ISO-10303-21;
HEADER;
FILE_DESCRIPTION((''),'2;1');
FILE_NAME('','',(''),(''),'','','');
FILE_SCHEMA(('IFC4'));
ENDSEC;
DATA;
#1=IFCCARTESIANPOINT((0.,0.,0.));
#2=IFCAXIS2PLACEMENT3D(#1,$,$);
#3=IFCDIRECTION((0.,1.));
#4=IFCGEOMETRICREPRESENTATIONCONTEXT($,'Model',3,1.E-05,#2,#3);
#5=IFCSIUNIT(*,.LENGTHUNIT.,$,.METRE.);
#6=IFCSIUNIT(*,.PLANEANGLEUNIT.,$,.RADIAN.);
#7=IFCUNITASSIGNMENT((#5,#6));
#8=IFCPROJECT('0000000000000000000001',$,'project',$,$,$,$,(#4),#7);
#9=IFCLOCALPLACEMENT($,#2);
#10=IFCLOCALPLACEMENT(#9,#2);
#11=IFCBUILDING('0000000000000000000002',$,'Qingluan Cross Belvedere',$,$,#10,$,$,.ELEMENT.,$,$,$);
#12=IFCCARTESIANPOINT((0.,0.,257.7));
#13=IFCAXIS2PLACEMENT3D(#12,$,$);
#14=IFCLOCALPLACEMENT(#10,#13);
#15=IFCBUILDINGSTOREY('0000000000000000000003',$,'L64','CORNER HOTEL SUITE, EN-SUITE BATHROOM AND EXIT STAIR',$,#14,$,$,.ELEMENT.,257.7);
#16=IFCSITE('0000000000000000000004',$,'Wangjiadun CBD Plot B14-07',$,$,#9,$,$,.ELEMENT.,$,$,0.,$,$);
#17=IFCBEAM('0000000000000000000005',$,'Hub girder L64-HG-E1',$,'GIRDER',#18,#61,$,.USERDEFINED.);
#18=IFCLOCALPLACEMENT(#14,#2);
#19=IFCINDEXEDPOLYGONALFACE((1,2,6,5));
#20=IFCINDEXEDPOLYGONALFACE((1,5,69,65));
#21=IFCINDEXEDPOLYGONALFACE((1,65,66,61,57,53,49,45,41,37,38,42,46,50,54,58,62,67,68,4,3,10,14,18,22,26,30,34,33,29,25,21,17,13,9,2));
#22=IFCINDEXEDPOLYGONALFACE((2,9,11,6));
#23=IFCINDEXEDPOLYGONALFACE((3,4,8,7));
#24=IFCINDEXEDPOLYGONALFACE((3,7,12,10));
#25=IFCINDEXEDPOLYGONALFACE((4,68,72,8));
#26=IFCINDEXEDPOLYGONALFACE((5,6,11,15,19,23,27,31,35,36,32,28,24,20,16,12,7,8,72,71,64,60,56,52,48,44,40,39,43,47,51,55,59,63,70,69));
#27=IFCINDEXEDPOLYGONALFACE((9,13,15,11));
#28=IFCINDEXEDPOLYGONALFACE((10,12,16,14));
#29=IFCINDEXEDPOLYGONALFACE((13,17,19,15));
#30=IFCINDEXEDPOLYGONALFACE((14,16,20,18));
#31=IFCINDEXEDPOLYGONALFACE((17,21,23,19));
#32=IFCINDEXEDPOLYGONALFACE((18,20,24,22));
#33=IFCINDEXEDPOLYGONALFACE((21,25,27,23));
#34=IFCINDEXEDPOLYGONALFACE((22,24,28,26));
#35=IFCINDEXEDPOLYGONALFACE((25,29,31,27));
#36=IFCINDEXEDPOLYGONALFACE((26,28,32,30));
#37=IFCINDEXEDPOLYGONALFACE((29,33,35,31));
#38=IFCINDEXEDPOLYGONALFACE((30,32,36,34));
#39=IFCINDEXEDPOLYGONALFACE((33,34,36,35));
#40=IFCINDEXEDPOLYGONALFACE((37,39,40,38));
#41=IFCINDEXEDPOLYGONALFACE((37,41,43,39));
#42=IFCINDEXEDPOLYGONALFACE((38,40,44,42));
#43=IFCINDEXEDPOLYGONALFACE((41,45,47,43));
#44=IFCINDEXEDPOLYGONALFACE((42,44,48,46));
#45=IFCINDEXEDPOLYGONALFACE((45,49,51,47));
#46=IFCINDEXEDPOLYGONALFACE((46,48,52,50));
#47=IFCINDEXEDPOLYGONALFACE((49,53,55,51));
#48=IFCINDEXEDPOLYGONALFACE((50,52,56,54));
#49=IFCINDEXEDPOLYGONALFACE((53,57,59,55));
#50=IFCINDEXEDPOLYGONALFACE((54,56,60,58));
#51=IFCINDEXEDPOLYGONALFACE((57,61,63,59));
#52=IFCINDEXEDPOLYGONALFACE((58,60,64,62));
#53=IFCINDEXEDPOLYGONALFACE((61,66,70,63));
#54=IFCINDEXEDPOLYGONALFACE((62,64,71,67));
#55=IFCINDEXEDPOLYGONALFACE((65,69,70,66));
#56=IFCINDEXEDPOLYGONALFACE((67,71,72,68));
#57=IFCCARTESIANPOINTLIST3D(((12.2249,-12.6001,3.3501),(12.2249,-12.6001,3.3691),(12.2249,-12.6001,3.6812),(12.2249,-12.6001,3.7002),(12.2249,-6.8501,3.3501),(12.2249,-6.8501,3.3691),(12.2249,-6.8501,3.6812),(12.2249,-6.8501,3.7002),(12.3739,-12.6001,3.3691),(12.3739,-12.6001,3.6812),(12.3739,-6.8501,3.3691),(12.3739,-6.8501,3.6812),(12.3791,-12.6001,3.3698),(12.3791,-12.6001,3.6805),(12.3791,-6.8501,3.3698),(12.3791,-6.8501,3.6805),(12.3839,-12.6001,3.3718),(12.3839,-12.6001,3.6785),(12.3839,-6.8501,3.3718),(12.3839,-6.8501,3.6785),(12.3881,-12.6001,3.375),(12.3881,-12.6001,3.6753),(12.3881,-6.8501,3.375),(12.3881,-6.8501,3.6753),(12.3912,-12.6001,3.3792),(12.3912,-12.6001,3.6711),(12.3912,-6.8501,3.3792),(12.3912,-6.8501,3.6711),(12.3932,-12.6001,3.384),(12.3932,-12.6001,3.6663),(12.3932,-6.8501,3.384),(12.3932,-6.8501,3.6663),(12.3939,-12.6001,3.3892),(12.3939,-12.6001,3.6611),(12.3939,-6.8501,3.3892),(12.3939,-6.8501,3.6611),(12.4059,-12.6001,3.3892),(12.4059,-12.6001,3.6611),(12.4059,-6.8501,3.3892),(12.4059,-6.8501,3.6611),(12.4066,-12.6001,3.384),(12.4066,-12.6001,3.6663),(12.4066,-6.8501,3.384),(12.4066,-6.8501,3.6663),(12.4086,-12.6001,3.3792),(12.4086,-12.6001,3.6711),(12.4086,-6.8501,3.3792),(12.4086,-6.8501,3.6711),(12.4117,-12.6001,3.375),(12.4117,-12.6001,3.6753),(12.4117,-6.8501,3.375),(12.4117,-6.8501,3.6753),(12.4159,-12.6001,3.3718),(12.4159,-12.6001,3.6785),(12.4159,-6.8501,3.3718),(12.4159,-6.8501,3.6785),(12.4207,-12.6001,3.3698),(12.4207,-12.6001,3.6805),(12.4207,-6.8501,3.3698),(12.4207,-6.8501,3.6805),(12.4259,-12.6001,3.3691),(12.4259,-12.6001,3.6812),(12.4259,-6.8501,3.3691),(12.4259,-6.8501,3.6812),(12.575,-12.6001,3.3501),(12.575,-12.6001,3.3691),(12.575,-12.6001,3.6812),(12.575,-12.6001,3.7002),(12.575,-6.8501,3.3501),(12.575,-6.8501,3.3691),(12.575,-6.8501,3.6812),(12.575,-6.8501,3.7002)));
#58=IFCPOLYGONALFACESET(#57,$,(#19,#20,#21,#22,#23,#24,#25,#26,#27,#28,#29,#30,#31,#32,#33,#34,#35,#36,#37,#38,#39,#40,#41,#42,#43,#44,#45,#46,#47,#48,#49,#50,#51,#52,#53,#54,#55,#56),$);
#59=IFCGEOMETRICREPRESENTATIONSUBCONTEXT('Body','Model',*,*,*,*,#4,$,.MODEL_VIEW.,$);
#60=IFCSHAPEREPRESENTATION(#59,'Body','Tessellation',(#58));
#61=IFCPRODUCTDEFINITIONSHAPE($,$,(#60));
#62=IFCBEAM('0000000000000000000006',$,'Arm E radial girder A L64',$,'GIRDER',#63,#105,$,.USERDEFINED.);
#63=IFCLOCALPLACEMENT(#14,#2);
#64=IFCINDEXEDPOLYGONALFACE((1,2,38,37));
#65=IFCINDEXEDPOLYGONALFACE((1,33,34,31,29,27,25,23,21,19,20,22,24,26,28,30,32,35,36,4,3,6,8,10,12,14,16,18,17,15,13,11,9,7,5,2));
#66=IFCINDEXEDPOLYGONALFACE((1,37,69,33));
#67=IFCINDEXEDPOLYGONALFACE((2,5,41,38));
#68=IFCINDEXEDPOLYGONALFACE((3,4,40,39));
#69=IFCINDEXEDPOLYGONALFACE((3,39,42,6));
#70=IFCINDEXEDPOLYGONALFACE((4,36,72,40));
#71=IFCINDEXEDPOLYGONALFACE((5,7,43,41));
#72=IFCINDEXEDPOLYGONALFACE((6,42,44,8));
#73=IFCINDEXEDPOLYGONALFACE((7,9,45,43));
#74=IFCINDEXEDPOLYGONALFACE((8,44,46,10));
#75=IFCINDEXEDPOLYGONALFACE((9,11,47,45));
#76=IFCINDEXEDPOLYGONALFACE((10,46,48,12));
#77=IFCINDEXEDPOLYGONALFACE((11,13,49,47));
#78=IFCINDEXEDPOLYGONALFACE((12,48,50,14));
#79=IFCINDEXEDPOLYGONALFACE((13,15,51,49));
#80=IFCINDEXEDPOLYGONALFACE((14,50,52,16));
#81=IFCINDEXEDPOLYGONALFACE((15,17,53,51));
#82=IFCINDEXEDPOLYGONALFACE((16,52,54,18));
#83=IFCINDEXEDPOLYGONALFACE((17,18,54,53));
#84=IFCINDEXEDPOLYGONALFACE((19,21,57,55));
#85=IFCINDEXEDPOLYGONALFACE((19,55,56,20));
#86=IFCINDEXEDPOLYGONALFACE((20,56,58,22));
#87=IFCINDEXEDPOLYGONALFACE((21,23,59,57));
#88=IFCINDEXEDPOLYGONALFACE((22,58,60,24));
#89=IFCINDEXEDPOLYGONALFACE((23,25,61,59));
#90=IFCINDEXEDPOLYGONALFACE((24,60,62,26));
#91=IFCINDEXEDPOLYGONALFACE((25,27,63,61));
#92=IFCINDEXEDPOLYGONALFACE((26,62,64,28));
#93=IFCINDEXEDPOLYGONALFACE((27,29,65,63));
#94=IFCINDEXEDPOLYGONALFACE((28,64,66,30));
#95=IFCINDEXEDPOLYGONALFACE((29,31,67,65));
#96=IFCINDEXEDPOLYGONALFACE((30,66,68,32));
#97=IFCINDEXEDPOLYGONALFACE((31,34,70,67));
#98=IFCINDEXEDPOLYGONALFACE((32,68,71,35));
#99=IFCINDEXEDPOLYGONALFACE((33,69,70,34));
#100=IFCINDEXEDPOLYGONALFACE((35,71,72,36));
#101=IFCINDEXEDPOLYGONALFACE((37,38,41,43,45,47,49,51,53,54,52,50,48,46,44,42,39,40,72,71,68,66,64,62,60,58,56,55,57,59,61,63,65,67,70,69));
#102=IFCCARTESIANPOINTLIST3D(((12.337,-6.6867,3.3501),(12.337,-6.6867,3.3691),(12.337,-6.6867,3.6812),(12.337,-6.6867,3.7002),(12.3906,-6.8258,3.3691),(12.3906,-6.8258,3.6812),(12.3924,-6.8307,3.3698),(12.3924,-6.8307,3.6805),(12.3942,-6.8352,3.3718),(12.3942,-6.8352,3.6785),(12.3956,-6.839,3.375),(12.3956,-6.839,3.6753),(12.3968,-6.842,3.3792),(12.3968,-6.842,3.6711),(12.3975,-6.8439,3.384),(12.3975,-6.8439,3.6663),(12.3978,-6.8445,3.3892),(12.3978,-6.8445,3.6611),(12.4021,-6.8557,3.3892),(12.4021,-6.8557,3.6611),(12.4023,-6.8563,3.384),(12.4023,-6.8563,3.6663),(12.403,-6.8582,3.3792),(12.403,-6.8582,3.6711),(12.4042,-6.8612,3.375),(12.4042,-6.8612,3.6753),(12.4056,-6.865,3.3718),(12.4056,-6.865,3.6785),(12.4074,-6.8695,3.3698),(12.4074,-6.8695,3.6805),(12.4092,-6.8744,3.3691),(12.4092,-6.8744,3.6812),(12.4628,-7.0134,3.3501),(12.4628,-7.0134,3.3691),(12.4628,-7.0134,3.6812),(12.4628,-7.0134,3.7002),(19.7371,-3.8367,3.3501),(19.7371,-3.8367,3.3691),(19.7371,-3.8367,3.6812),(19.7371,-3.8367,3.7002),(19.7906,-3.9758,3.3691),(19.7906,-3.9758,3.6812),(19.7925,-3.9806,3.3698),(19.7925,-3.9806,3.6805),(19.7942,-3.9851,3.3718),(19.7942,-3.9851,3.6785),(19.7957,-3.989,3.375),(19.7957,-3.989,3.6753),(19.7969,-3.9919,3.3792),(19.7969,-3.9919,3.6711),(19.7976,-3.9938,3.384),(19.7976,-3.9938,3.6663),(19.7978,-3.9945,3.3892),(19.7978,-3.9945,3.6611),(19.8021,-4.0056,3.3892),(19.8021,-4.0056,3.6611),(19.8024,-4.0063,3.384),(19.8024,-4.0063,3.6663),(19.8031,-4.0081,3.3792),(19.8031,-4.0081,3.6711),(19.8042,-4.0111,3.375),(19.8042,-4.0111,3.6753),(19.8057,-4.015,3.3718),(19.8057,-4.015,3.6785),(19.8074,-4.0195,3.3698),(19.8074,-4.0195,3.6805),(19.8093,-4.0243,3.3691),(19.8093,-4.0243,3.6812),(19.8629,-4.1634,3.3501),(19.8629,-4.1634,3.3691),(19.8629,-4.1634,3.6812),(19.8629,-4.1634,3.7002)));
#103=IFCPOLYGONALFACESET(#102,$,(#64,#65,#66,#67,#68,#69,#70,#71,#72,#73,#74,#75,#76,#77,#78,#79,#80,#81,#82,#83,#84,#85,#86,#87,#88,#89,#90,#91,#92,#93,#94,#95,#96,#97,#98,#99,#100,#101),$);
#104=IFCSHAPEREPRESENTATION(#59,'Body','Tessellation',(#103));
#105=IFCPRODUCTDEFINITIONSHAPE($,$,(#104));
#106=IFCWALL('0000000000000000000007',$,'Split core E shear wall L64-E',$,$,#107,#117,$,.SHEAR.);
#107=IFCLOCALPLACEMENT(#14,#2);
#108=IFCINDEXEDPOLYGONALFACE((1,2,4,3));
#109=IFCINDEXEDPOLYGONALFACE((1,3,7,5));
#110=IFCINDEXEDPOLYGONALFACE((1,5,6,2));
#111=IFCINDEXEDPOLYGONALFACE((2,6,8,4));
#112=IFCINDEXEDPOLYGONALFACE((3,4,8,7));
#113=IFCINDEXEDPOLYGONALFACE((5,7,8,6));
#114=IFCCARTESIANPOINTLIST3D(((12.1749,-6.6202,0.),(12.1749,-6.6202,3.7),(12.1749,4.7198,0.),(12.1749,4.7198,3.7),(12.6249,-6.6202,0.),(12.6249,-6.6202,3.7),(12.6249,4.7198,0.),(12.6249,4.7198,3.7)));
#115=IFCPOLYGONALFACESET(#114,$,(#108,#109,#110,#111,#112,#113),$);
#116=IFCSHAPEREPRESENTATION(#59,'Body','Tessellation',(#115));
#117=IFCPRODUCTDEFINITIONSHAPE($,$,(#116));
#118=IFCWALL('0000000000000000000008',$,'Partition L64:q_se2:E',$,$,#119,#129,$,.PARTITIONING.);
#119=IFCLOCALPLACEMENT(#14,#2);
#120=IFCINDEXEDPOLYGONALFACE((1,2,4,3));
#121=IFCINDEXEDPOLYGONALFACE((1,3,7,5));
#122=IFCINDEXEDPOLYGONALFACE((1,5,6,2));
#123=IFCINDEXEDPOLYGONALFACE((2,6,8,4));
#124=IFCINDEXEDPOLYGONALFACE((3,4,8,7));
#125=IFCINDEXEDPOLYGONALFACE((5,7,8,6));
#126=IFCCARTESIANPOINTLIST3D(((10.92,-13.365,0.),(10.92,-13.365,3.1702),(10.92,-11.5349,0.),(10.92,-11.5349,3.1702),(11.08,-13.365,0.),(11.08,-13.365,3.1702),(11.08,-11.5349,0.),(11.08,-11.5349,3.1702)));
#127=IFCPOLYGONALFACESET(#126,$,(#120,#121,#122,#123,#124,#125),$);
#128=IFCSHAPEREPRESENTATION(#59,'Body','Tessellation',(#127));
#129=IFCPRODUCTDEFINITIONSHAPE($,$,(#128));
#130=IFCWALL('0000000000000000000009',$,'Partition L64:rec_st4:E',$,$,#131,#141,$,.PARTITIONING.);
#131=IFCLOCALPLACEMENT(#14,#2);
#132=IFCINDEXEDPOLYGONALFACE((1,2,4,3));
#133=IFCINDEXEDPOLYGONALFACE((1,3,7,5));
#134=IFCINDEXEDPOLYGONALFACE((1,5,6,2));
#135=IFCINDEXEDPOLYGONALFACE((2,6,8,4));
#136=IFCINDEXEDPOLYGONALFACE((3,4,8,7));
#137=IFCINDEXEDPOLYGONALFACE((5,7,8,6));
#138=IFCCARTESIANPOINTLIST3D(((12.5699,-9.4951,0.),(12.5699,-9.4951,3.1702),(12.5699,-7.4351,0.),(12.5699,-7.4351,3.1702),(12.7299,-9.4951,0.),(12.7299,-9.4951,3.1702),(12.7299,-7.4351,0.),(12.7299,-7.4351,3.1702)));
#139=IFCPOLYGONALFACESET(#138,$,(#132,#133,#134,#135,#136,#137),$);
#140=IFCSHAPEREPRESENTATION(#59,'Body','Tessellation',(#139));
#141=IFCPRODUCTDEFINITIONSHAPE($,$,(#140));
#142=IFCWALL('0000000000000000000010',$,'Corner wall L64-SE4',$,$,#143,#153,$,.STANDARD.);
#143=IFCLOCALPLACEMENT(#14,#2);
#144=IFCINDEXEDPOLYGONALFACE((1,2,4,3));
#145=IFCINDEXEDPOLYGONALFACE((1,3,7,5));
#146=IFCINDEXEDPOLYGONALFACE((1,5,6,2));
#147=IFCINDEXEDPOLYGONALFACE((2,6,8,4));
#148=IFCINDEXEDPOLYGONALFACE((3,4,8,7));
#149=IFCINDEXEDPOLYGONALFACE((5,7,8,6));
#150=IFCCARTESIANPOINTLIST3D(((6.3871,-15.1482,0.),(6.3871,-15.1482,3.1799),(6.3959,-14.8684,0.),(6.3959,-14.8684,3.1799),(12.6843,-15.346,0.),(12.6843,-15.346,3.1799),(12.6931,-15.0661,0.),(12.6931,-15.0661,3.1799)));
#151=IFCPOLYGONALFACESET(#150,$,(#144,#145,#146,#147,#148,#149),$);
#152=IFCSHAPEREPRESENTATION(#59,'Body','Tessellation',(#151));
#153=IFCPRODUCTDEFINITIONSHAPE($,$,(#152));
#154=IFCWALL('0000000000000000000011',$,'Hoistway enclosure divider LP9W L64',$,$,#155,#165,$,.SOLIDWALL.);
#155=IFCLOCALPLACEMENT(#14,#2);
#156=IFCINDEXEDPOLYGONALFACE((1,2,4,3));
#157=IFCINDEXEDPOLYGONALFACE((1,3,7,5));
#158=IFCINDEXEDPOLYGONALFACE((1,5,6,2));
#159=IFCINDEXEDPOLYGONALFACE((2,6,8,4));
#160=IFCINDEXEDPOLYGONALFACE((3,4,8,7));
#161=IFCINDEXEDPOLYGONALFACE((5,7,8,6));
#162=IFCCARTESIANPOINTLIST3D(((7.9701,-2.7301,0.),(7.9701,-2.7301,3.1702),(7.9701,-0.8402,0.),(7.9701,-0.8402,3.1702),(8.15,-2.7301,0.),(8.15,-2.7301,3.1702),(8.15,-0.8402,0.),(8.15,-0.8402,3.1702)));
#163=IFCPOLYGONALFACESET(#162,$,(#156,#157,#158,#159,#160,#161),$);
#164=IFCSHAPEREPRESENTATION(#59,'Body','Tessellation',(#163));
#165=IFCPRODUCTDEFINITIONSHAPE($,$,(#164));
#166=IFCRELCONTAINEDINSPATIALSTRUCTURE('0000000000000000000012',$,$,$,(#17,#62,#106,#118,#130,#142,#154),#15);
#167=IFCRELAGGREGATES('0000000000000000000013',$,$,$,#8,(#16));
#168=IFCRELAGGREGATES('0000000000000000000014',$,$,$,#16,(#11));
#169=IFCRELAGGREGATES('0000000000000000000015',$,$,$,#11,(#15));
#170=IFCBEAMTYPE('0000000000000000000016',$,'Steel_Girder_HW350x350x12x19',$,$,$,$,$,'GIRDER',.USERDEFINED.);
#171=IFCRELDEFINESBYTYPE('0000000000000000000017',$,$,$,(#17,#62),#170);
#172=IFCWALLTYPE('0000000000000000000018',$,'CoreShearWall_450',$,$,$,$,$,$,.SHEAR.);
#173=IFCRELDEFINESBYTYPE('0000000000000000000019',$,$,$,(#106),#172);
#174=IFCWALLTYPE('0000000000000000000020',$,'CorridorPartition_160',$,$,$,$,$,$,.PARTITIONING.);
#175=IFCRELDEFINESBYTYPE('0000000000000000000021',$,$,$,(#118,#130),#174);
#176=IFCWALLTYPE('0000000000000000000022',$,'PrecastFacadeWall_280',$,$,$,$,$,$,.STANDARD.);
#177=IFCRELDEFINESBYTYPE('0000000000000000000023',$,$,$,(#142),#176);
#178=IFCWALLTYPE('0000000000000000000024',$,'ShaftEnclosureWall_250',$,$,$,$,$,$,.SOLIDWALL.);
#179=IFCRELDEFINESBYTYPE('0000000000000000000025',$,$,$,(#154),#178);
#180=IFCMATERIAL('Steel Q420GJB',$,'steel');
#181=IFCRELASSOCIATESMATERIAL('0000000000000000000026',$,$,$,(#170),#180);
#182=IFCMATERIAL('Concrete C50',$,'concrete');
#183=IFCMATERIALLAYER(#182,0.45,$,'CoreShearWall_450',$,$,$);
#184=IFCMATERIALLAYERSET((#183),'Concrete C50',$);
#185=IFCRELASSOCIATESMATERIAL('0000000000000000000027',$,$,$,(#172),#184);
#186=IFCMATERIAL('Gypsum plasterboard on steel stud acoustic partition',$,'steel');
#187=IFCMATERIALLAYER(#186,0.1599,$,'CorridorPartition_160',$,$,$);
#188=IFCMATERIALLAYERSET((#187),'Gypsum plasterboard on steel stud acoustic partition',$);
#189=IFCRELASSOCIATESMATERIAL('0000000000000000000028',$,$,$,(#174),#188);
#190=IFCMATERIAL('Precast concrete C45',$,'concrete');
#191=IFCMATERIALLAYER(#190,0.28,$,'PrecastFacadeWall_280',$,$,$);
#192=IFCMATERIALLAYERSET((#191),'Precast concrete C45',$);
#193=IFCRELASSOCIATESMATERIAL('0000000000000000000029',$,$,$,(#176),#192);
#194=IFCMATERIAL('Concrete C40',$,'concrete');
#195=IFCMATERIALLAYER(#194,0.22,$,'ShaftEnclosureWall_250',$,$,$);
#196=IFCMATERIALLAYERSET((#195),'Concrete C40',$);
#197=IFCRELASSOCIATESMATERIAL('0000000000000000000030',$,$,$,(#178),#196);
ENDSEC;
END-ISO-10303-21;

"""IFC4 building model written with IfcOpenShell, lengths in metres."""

from ifc_helpers import new_model, si_unit, direction, frame, frame_2d, origin, origin_2d, place, context, subcontext, project, spatial, rectangle, i_section, extrude, material, layer, layer_set, material_profile, profile_set, type_object, element, save


model = new_model("IFC4")

# Units and contexts
model_context = context("Model", 3, precision=1e-05, world=origin(), true_north=direction((0.0, 1.0)))
body_context = subcontext(model_context, "Body", "Model", "MODEL_VIEW")
ifc_project = project(units=[si_unit("LENGTHUNIT", "METRE"), si_unit("PLANEANGLEUNIT", "RADIAN")], contexts=[model_context])

# Site, building, storey
site_placement = place(None, origin())
site = spatial("IfcSite", under=ifc_project, at=site_placement, Name="Wangjiadun CBD Plot B14-07", CompositionType="ELEMENT", RefElevation=0.0)
building_placement = place(site_placement, origin())
building = spatial("IfcBuilding", under=site, at=building_placement, Name="Qingluan Cross Belvedere", CompositionType="ELEMENT")
storey_placement = place(building_placement, frame((0.0, 0.0, 257.7)))
storey = spatial("IfcBuildingStorey", under=building, at=storey_placement, Name="L64", Description="CORNER HOTEL SUITE, EN-SUITE BATHROOM AND EXIT STAIR", CompositionType="ELEMENT", Elevation=257.7)

# Beams
ifc_material_1 = material(Name="Steel Q420GJB", Category="steel")
ifc_material_profile_1 = material_profile(ifc_material_1, i_section(OverallWidth=0.3501, OverallDepth=0.3501, WebThickness=0.012, FlangeThickness=0.019, FilletRadius=0.02, at=origin_2d()), Name="HW350x350x12x19")
ifc_profile_set_1 = profile_set([ifc_material_profile_1], Name="Steel Q420GJB")
beam_type_1 = type_object("IfcBeamType", Name="Steel_Girder_HW350x350x12x19", ElementType="GIRDER", PredefinedType="USERDEFINED", material=ifc_profile_set_1)
beam_1_placement = place(storey_placement, frame((12.3999, -12.6001, 3.5251), z_axis=(0.0, 1.0, 0.0), x_axis=(-1.0, 0.0, 0.0)))
element("IfcBeam", 1, at=beam_1_placement, inside=storey, type_object=beam_type_1, Name="Hub girder L64-HG-E1", ObjectType="GIRDER", PredefinedType="USERDEFINED", context=body_context, shape_type="SweptSolid", body=[
    extrude(i_section(OverallWidth=0.3501, OverallDepth=0.3501, WebThickness=0.012, FlangeThickness=0.019, FilletRadius=0.02, at=origin_2d()), origin(), (0.0, 0.0, 1.0), 5.75),
])
beam_2_placement = place(storey_placement, frame((12.3999, -6.8501, 3.5251), z_axis=(0.933181, 0.359406, 0.0), x_axis=(-0.359406, 0.933181, 0.0)))
element("IfcBeam", 2, at=beam_2_placement, inside=storey, type_object=beam_type_1, Name="Arm E radial girder A L64", ObjectType="GIRDER", PredefinedType="USERDEFINED", context=body_context, shape_type="SweptSolid", body=[
    extrude(i_section(OverallWidth=0.3501, OverallDepth=0.3501, WebThickness=0.012, FlangeThickness=0.019, FilletRadius=0.02, at=origin_2d()), origin(), (0.0, 0.0, 1.0), 7.9299),
])

# Walls
ifc_material_2 = material(Name="Concrete C50", Category="concrete")
ifc_layer_1 = layer(ifc_material_2, 0.45, Name="CoreShearWall_450")
ifc_layer_set_1 = layer_set([ifc_layer_1], Name="Concrete C50")
wall_type_1 = type_object("IfcWallType", Name="CoreShearWall_450", PredefinedType="SHEAR", material=ifc_layer_set_1)
wall_1_placement = place(storey_placement, frame((12.3999, -6.6201, 0.0), z_axis=(0.0, 0.0, 1.0), x_axis=(0.0, 1.0, 0.0)))
element("IfcWall", 3, at=wall_1_placement, inside=storey, type_object=wall_type_1, Name="Split core E shear wall L64-E", PredefinedType="SHEAR", context=body_context, shape_type="SweptSolid", body=[
    extrude(rectangle(XDim=11.3401, YDim=0.45, at=frame_2d((5.6699, 0.0))), origin(), (0.0, 0.0, 1.0), 3.7),
])
ifc_material_3 = material(Name="Gypsum plasterboard on steel stud acoustic partition", Category="steel")
ifc_layer_2 = layer(ifc_material_3, 0.1599, Name="CorridorPartition_160")
ifc_layer_set_2 = layer_set([ifc_layer_2], Name="Gypsum plasterboard on steel stud acoustic partition")
wall_type_2 = type_object("IfcWallType", Name="CorridorPartition_160", PredefinedType="PARTITIONING", material=ifc_layer_set_2)
wall_2_placement = place(storey_placement, frame((11.0, -13.365, 0.0), z_axis=(0.0, 0.0, 1.0), x_axis=(0.0, 1.0, 0.0)))
element("IfcWall", 4, at=wall_2_placement, inside=storey, type_object=wall_type_2, Name="Partition L64:q_se2:E", PredefinedType="PARTITIONING", context=body_context, shape_type="SweptSolid", body=[
    extrude(rectangle(XDim=1.8301, YDim=0.1599, at=frame_2d((0.915, 0.0))), origin(), (0.0, 0.0, 1.0), 3.1702),
])
wall_3_placement = place(storey_placement, frame((12.6499, -9.4951, 0.0), z_axis=(0.0, 0.0, 1.0), x_axis=(0.0, 1.0, 0.0)))
element("IfcWall", 5, at=wall_3_placement, inside=storey, type_object=wall_type_2, Name="Partition L64:rec_st4:E", PredefinedType="PARTITIONING", context=body_context, shape_type="SweptSolid", body=[
    extrude(rectangle(XDim=2.0601, YDim=0.1599, at=frame_2d((1.03, 0.0))), origin(), (0.0, 0.0, 1.0), 3.1702),
])
ifc_material_4 = material(Name="Precast concrete C45", Category="concrete")
ifc_layer_3 = layer(ifc_material_4, 0.28, Name="PrecastFacadeWall_280")
ifc_layer_set_3 = layer_set([ifc_layer_3], Name="Precast concrete C45")
wall_type_3 = type_object("IfcWallType", Name="PrecastFacadeWall_280", PredefinedType="STANDARD", material=ifc_layer_set_3)
wall_4_placement = place(storey_placement, frame((12.6887, -15.2061, 0.0), z_axis=(0.0, 0.0, 1.0), x_axis=(-0.999507, 0.031388, 0.0)))
element("IfcWall", 6, at=wall_4_placement, inside=storey, type_object=wall_type_3, Name="Corner wall L64-SE4", PredefinedType="STANDARD", context=body_context, shape_type="SweptSolid", body=[
    extrude(rectangle(XDim=6.3003, YDim=0.28, at=frame_2d((3.1501, 0.0))), origin(), (0.0, 0.0, 1.0), 3.1799),
])
ifc_material_5 = material(Name="Concrete C40", Category="concrete")
ifc_layer_4 = layer(ifc_material_5, 0.22, Name="ShaftEnclosureWall_250")
ifc_layer_set_4 = layer_set([ifc_layer_4], Name="Concrete C40")
wall_type_4 = type_object("IfcWallType", Name="ShaftEnclosureWall_250", PredefinedType="SOLIDWALL", material=ifc_layer_set_4)
wall_5_placement = place(storey_placement, frame((8.0601, -2.73, 0.0), z_axis=(0.0, 0.0, 1.0), x_axis=(0.0, 1.0, 0.0)))
element("IfcWall", 7, at=wall_5_placement, inside=storey, type_object=wall_type_4, Name="Hoistway enclosure divider LP9W L64", PredefinedType="SOLIDWALL", context=body_context, shape_type="SweptSolid", body=[
    extrude(rectangle(XDim=1.8899, YDim=0.1799, at=frame_2d((0.9448, 0.0))), origin(), (0.0, 0.0, 1.0), 3.1702),
])

save(model, "model.ifc")
